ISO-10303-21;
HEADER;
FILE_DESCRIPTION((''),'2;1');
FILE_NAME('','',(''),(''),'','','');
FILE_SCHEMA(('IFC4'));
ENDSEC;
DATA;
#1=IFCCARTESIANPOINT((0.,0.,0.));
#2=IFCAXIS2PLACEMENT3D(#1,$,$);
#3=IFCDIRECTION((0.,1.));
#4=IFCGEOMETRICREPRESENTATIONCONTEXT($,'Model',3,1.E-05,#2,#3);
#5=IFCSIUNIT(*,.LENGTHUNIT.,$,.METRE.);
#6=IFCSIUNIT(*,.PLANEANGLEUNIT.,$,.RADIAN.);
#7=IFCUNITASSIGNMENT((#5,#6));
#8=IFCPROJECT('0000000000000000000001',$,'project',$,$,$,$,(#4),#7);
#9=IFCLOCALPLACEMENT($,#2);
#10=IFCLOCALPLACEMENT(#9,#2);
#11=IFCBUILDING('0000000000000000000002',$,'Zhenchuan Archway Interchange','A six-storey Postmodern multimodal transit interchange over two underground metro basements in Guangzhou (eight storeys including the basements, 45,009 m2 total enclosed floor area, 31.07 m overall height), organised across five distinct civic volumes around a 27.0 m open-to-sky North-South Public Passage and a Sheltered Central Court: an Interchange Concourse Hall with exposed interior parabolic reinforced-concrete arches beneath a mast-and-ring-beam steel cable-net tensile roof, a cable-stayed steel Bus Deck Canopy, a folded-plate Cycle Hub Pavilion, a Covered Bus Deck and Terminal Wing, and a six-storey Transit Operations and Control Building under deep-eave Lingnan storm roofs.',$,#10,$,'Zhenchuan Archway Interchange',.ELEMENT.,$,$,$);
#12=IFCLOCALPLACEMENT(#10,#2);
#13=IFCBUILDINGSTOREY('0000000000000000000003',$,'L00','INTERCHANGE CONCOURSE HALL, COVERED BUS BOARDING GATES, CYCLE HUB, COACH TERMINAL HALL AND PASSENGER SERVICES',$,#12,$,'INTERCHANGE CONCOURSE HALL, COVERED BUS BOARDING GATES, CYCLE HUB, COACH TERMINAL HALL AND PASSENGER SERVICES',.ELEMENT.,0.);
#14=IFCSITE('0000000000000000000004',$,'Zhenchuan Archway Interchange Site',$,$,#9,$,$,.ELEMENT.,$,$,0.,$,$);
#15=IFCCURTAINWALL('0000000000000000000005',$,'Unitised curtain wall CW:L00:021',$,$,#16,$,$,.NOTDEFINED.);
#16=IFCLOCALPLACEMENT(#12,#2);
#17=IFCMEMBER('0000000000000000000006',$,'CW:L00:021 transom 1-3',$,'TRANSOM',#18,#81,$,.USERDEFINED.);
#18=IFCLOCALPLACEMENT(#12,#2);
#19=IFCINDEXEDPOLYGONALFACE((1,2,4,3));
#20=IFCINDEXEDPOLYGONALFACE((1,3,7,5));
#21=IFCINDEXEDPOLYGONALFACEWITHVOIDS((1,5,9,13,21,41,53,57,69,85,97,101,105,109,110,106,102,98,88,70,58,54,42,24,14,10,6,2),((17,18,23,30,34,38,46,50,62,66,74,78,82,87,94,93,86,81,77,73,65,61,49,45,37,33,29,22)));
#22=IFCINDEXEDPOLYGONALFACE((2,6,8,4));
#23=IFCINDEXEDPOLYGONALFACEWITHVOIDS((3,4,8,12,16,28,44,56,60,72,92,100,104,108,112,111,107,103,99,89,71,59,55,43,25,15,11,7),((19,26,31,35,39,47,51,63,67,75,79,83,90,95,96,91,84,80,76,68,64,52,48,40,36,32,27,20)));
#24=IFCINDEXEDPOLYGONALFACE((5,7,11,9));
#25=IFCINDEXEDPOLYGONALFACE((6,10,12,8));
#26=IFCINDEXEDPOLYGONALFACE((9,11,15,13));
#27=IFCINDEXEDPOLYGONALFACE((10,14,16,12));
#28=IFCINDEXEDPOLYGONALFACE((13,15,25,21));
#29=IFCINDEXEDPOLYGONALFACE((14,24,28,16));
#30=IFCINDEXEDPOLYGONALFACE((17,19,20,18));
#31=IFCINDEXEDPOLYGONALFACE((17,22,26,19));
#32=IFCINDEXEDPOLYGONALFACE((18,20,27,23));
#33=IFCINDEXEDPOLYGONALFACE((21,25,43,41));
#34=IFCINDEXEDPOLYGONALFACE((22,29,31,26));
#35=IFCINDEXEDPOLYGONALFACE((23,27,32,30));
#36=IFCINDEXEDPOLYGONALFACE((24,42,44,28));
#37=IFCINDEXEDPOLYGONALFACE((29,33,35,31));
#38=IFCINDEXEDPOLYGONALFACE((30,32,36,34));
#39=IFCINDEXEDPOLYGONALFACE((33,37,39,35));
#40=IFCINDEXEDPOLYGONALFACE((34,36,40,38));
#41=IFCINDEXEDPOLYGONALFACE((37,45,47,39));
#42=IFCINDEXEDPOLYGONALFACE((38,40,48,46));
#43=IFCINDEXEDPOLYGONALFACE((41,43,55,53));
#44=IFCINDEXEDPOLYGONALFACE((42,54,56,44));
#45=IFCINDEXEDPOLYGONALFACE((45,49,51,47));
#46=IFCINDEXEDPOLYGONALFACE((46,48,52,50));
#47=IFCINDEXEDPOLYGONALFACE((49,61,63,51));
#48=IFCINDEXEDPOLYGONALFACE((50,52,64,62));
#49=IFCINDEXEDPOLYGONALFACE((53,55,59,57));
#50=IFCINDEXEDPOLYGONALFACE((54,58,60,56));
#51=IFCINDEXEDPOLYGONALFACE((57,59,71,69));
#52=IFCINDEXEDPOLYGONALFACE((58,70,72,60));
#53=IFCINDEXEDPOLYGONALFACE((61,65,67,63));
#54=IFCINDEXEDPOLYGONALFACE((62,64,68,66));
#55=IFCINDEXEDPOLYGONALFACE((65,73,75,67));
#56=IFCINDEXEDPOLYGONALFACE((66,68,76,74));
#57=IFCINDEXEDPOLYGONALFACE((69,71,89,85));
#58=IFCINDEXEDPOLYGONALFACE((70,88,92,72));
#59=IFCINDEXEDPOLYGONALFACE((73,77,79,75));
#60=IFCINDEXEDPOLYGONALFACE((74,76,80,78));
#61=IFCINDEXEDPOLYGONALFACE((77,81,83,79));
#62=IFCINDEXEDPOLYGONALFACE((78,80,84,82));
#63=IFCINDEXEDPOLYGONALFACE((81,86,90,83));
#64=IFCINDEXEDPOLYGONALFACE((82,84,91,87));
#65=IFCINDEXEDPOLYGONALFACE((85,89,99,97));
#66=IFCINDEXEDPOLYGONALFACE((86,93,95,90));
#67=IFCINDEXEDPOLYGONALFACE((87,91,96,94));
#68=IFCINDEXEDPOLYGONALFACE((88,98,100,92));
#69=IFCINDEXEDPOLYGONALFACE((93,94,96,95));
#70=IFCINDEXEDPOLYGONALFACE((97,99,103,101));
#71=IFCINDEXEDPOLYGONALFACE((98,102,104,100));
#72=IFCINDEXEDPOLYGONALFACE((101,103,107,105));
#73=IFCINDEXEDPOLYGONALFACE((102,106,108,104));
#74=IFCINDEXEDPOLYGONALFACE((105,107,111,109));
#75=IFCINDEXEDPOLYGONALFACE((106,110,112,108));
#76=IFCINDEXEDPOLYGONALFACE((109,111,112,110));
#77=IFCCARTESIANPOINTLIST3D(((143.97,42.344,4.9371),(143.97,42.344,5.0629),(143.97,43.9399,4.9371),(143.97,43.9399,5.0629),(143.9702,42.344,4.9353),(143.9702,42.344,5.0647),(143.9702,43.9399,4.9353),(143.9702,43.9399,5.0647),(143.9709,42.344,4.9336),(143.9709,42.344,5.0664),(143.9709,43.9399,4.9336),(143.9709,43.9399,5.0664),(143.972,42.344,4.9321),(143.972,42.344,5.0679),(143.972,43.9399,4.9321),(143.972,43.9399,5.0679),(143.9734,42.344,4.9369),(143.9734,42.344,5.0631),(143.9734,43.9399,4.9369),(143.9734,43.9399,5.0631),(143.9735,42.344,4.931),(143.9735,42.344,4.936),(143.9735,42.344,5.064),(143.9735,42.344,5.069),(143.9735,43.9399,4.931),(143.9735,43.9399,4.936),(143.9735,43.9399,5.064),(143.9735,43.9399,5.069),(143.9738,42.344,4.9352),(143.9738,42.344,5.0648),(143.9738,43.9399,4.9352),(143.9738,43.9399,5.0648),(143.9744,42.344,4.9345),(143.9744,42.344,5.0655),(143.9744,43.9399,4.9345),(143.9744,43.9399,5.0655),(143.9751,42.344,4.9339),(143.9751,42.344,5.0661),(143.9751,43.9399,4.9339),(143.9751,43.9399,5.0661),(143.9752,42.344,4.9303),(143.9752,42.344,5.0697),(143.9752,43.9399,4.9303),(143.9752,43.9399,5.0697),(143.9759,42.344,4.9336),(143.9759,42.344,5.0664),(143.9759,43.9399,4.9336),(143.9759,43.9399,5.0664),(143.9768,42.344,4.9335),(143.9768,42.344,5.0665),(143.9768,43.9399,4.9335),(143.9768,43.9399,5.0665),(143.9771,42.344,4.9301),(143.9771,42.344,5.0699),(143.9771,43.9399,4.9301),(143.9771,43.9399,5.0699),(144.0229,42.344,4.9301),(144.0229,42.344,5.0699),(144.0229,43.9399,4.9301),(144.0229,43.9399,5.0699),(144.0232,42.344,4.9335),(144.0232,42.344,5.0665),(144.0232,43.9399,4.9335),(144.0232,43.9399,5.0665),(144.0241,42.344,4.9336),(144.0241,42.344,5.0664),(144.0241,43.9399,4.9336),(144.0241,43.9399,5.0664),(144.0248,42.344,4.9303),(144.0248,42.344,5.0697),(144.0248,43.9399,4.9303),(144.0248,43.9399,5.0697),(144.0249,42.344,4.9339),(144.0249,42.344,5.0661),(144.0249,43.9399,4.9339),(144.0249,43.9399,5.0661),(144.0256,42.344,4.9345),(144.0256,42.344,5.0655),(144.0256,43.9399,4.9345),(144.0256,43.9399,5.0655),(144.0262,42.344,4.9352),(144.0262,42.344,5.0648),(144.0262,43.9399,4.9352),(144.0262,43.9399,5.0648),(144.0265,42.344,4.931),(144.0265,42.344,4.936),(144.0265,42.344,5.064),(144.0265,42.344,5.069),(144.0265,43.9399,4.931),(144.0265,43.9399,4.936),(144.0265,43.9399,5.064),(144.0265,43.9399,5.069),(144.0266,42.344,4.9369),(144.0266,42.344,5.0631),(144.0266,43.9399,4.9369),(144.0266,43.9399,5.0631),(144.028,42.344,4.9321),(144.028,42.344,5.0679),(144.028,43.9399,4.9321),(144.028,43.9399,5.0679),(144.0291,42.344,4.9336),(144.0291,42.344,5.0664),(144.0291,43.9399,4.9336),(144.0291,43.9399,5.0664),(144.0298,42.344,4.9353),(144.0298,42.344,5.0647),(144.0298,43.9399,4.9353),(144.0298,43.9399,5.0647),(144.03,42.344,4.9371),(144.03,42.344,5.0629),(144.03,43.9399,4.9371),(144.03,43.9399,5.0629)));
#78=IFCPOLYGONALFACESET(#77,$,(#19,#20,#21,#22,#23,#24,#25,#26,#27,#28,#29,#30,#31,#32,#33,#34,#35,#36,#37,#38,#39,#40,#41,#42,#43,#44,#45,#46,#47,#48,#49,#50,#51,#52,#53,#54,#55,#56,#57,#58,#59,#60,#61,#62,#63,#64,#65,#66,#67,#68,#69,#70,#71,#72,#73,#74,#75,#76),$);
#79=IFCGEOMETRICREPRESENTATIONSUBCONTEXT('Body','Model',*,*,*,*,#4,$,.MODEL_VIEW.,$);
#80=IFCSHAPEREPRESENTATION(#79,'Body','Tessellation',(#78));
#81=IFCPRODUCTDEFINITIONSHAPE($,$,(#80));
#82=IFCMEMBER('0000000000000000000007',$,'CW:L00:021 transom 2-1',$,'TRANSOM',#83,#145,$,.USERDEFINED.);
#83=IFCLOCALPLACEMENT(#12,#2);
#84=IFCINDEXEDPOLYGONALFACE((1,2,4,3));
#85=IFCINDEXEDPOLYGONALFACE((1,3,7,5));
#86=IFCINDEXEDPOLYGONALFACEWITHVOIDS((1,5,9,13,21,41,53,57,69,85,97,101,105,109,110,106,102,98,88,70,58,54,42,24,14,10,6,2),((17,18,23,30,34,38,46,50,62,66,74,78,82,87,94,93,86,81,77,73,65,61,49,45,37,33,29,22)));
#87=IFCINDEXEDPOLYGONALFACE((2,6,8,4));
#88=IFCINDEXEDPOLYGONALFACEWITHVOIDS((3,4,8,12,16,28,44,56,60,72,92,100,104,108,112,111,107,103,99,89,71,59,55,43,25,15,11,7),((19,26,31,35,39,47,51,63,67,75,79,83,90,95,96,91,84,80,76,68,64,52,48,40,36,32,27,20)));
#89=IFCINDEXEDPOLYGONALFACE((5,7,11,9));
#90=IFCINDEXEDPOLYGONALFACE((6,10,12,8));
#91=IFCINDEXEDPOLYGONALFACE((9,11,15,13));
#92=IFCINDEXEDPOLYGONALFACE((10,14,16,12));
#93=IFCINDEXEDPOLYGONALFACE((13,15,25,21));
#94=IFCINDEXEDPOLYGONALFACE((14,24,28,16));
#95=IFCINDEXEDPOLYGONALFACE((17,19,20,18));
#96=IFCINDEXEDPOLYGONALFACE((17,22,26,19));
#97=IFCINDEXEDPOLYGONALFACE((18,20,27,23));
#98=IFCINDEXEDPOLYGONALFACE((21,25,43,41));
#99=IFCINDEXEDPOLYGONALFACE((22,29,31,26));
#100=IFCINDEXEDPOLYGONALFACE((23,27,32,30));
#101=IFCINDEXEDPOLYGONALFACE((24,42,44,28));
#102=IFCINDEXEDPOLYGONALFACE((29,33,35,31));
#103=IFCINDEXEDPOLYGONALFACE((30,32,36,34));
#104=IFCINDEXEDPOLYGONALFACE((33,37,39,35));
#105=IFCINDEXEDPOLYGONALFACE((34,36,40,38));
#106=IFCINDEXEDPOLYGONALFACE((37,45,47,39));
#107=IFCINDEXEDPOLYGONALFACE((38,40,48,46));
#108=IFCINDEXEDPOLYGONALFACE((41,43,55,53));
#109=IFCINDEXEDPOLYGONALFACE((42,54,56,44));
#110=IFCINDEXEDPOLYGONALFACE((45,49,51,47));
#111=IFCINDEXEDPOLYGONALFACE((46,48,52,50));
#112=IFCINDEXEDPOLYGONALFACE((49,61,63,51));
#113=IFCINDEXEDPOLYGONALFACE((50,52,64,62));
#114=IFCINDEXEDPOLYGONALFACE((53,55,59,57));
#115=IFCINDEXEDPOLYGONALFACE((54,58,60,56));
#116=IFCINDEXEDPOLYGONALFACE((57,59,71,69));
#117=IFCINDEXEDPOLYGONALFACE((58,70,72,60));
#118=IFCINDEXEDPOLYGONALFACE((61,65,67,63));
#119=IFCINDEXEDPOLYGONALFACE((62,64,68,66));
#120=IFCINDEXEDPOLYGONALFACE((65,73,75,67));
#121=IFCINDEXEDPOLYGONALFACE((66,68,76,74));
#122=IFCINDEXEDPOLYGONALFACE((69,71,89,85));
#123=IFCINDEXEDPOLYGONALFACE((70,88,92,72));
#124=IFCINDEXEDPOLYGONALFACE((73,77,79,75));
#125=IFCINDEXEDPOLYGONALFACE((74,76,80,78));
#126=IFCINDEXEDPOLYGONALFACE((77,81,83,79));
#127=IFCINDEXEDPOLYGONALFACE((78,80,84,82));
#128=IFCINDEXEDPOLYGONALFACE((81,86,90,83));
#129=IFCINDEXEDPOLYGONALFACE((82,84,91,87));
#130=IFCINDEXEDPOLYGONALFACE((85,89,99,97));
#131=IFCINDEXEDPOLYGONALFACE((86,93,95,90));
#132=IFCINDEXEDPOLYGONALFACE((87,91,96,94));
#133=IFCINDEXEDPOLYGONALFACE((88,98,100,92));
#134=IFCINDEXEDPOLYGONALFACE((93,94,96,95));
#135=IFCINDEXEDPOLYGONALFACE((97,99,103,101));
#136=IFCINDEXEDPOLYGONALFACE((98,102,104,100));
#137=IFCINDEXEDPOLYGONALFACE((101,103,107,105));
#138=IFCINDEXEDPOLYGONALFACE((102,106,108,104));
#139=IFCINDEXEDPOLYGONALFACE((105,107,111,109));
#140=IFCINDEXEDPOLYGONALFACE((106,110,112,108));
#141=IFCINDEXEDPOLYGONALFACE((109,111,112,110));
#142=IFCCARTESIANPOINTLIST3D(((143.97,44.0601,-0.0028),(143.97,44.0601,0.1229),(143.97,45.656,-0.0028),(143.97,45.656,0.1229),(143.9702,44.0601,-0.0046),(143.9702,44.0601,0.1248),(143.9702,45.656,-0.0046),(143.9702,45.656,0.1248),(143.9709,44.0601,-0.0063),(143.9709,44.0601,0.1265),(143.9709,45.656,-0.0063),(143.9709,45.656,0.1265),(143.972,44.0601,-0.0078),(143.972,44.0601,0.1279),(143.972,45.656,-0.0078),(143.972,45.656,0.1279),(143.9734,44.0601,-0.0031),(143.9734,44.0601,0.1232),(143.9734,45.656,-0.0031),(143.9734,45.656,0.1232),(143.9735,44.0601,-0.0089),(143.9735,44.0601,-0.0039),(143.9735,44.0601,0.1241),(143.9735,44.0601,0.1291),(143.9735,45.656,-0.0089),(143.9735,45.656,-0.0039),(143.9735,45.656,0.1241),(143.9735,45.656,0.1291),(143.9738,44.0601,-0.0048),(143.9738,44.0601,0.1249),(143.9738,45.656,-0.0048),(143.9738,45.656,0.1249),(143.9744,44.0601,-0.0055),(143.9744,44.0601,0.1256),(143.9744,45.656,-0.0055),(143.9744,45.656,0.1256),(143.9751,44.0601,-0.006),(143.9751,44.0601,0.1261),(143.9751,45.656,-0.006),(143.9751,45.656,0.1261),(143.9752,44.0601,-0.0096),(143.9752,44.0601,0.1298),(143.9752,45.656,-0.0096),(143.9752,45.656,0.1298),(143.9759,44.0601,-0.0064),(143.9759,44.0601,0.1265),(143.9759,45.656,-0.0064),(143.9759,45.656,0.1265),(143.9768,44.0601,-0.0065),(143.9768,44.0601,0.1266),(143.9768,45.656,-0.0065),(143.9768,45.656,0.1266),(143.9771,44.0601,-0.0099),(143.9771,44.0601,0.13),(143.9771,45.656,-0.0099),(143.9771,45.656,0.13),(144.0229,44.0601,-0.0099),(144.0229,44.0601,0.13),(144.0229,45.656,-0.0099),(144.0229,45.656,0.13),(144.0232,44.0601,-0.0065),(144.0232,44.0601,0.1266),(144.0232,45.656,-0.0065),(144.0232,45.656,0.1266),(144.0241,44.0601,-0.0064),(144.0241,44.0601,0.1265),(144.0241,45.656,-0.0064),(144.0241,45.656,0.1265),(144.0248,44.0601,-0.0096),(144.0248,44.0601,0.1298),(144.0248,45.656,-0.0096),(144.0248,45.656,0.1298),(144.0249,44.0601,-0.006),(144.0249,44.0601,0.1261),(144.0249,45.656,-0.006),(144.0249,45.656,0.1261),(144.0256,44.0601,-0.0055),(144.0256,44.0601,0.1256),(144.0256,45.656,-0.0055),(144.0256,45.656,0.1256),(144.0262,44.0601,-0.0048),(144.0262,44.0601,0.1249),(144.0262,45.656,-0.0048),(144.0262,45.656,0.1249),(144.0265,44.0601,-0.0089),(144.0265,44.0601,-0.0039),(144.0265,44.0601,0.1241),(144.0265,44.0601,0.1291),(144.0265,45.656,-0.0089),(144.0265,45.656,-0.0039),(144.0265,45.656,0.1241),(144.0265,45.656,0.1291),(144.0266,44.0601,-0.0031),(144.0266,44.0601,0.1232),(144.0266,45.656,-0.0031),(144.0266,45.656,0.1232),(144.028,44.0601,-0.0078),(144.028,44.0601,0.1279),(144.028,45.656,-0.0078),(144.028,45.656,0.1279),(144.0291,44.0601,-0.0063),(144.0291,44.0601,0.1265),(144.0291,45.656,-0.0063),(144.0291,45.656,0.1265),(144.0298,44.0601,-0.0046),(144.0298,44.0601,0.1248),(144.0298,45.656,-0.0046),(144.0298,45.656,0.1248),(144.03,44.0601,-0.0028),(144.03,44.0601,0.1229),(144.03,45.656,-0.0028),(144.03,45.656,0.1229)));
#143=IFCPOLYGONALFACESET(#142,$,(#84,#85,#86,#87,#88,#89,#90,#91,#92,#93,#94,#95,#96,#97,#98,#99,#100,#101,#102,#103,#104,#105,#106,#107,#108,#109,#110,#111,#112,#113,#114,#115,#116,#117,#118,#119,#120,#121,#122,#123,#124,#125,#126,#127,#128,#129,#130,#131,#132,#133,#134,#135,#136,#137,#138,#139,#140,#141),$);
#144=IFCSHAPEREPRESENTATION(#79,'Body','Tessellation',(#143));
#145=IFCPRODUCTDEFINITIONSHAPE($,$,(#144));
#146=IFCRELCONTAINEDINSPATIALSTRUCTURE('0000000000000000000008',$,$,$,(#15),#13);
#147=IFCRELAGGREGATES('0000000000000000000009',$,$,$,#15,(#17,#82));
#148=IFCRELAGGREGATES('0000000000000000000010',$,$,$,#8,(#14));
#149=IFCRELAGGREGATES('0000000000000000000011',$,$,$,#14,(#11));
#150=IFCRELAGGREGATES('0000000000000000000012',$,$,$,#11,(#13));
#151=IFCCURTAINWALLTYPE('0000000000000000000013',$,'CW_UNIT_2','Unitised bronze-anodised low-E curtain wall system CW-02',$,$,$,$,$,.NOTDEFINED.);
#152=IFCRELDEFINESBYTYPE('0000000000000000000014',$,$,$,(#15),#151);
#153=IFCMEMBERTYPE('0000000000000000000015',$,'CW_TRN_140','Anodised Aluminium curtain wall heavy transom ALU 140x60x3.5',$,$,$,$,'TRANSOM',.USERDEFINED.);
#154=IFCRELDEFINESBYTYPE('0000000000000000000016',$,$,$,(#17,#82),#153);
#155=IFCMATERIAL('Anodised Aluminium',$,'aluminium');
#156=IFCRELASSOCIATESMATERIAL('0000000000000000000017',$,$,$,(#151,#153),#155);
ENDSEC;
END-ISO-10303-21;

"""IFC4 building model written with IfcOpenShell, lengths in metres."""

from ifc_helpers import new_model, si_unit, direction, frame, origin, origin_2d, place, context, subcontext, project, spatial, hollow_rectangle, extrude, material, material_profile, profile_set, type_object, element, aggregate, save


model = new_model("IFC4")

# Units and contexts
model_context = context("Model", 3, precision=1e-05, world=origin(), true_north=direction((0.0, 1.0)))
body_context = subcontext(model_context, "Body", "Model", "MODEL_VIEW")
ifc_project = project(units=[si_unit("LENGTHUNIT", "METRE"), si_unit("PLANEANGLEUNIT", "RADIAN")], contexts=[model_context])

# Site, building, storey
site_placement = place(None, origin())
site = spatial("IfcSite", under=ifc_project, at=site_placement, Name="Zhenchuan Archway Interchange Site", CompositionType="ELEMENT", RefElevation=0.0)
building_placement = place(site_placement, origin())
building = spatial("IfcBuilding", under=site, at=building_placement, Name="Zhenchuan Archway Interchange", Description="A six-storey Postmodern multimodal transit interchange over two underground metro basements in Guangzhou (eight storeys including the basements, 45,009 m2 total enclosed floor area, 31.07 m overall height), organised across five distinct civic volumes around a 27.0 m open-to-sky North-South Public Passage and a Sheltered Central Court: an Interchange Concourse Hall with exposed interior parabolic reinforced-concrete arches beneath a mast-and-ring-beam steel cable-net tensile roof, a cable-stayed steel Bus Deck Canopy, a folded-plate Cycle Hub Pavilion, a Covered Bus Deck and Terminal Wing, and a six-storey Transit Operations and Control Building under deep-eave Lingnan storm roofs.", LongName="Zhenchuan Archway Interchange", CompositionType="ELEMENT")
storey_placement = place(building_placement, origin())
storey = spatial("IfcBuildingStorey", under=building, at=storey_placement, Name="L00", Description="INTERCHANGE CONCOURSE HALL, COVERED BUS BOARDING GATES, CYCLE HUB, COACH TERMINAL HALL AND PASSENGER SERVICES", LongName="INTERCHANGE CONCOURSE HALL, COVERED BUS BOARDING GATES, CYCLE HUB, COACH TERMINAL HALL AND PASSENGER SERVICES", CompositionType="ELEMENT", Elevation=0.0)

# Curtain wall, members
ifc_material_1 = material(Name="Anodised Aluminium", Category="aluminium")
curtain_wall_type = type_object("IfcCurtainWallType", Name="CW_UNIT_2", Description="Unitised bronze-anodised low-E curtain wall system CW-02", PredefinedType="NOTDEFINED", material=ifc_material_1)
curtain_wall_placement = place(storey_placement, origin())
curtain_wall = element("IfcCurtainWall", 1, at=curtain_wall_placement, inside=storey, type_object=curtain_wall_type, Name="Unitised curtain wall CW:L00:021", PredefinedType="NOTDEFINED")
ifc_material_profile_1 = material_profile(ifc_material_1, hollow_rectangle(XDim=0.0601, YDim=0.1399, WallThickness=0.0034, InnerFilletRadius=0.0034, OuterFilletRadius=0.0071, at=origin_2d()), Name="ALU 140x60x3.5")
ifc_profile_set_1 = profile_set([ifc_material_profile_1], Name="Anodised Aluminium")
member_type_1 = type_object("IfcMemberType", Name="CW_TRN_140", Description="Anodised Aluminium curtain wall heavy transom ALU 140x60x3.5", ElementType="TRANSOM", PredefinedType="USERDEFINED", material=ifc_profile_set_1)
member_1_placement = place(storey_placement, frame((144.0, 42.344, 5.0), z_axis=(0.0, 1.0, 0.0), x_axis=(-1.0, 0.0, 0.0)))
member_1 = element("IfcMember", 2, at=member_1_placement, type_object=member_type_1, Name="CW:L00:021 transom 1-3", ObjectType="TRANSOM", PredefinedType="USERDEFINED", context=body_context, shape_type="SweptSolid", body=[
    extrude(hollow_rectangle(XDim=0.0601, YDim=0.1399, WallThickness=0.0034, InnerFilletRadius=0.0034, OuterFilletRadius=0.0071, at=origin_2d()), origin(), (0.0, 0.0, 1.0), 1.5959),
])
member_2_placement = place(storey_placement, frame((144.0, 44.0601, 0.0601), z_axis=(0.0, 1.0, 0.0), x_axis=(-1.0, 0.0, 0.0)))
member_2 = element("IfcMember", 3, at=member_2_placement, type_object=member_type_1, Name="CW:L00:021 transom 2-1", ObjectType="TRANSOM", PredefinedType="USERDEFINED", context=body_context, shape_type="SweptSolid", body=[
    extrude(hollow_rectangle(XDim=0.0601, YDim=0.1399, WallThickness=0.0034, InnerFilletRadius=0.0034, OuterFilletRadius=0.0071, at=origin_2d()), origin(), (0.0, 0.0, 1.0), 1.5959),
])
aggregate(curtain_wall, [member_1, member_2])

save(model, "model.ifc")
